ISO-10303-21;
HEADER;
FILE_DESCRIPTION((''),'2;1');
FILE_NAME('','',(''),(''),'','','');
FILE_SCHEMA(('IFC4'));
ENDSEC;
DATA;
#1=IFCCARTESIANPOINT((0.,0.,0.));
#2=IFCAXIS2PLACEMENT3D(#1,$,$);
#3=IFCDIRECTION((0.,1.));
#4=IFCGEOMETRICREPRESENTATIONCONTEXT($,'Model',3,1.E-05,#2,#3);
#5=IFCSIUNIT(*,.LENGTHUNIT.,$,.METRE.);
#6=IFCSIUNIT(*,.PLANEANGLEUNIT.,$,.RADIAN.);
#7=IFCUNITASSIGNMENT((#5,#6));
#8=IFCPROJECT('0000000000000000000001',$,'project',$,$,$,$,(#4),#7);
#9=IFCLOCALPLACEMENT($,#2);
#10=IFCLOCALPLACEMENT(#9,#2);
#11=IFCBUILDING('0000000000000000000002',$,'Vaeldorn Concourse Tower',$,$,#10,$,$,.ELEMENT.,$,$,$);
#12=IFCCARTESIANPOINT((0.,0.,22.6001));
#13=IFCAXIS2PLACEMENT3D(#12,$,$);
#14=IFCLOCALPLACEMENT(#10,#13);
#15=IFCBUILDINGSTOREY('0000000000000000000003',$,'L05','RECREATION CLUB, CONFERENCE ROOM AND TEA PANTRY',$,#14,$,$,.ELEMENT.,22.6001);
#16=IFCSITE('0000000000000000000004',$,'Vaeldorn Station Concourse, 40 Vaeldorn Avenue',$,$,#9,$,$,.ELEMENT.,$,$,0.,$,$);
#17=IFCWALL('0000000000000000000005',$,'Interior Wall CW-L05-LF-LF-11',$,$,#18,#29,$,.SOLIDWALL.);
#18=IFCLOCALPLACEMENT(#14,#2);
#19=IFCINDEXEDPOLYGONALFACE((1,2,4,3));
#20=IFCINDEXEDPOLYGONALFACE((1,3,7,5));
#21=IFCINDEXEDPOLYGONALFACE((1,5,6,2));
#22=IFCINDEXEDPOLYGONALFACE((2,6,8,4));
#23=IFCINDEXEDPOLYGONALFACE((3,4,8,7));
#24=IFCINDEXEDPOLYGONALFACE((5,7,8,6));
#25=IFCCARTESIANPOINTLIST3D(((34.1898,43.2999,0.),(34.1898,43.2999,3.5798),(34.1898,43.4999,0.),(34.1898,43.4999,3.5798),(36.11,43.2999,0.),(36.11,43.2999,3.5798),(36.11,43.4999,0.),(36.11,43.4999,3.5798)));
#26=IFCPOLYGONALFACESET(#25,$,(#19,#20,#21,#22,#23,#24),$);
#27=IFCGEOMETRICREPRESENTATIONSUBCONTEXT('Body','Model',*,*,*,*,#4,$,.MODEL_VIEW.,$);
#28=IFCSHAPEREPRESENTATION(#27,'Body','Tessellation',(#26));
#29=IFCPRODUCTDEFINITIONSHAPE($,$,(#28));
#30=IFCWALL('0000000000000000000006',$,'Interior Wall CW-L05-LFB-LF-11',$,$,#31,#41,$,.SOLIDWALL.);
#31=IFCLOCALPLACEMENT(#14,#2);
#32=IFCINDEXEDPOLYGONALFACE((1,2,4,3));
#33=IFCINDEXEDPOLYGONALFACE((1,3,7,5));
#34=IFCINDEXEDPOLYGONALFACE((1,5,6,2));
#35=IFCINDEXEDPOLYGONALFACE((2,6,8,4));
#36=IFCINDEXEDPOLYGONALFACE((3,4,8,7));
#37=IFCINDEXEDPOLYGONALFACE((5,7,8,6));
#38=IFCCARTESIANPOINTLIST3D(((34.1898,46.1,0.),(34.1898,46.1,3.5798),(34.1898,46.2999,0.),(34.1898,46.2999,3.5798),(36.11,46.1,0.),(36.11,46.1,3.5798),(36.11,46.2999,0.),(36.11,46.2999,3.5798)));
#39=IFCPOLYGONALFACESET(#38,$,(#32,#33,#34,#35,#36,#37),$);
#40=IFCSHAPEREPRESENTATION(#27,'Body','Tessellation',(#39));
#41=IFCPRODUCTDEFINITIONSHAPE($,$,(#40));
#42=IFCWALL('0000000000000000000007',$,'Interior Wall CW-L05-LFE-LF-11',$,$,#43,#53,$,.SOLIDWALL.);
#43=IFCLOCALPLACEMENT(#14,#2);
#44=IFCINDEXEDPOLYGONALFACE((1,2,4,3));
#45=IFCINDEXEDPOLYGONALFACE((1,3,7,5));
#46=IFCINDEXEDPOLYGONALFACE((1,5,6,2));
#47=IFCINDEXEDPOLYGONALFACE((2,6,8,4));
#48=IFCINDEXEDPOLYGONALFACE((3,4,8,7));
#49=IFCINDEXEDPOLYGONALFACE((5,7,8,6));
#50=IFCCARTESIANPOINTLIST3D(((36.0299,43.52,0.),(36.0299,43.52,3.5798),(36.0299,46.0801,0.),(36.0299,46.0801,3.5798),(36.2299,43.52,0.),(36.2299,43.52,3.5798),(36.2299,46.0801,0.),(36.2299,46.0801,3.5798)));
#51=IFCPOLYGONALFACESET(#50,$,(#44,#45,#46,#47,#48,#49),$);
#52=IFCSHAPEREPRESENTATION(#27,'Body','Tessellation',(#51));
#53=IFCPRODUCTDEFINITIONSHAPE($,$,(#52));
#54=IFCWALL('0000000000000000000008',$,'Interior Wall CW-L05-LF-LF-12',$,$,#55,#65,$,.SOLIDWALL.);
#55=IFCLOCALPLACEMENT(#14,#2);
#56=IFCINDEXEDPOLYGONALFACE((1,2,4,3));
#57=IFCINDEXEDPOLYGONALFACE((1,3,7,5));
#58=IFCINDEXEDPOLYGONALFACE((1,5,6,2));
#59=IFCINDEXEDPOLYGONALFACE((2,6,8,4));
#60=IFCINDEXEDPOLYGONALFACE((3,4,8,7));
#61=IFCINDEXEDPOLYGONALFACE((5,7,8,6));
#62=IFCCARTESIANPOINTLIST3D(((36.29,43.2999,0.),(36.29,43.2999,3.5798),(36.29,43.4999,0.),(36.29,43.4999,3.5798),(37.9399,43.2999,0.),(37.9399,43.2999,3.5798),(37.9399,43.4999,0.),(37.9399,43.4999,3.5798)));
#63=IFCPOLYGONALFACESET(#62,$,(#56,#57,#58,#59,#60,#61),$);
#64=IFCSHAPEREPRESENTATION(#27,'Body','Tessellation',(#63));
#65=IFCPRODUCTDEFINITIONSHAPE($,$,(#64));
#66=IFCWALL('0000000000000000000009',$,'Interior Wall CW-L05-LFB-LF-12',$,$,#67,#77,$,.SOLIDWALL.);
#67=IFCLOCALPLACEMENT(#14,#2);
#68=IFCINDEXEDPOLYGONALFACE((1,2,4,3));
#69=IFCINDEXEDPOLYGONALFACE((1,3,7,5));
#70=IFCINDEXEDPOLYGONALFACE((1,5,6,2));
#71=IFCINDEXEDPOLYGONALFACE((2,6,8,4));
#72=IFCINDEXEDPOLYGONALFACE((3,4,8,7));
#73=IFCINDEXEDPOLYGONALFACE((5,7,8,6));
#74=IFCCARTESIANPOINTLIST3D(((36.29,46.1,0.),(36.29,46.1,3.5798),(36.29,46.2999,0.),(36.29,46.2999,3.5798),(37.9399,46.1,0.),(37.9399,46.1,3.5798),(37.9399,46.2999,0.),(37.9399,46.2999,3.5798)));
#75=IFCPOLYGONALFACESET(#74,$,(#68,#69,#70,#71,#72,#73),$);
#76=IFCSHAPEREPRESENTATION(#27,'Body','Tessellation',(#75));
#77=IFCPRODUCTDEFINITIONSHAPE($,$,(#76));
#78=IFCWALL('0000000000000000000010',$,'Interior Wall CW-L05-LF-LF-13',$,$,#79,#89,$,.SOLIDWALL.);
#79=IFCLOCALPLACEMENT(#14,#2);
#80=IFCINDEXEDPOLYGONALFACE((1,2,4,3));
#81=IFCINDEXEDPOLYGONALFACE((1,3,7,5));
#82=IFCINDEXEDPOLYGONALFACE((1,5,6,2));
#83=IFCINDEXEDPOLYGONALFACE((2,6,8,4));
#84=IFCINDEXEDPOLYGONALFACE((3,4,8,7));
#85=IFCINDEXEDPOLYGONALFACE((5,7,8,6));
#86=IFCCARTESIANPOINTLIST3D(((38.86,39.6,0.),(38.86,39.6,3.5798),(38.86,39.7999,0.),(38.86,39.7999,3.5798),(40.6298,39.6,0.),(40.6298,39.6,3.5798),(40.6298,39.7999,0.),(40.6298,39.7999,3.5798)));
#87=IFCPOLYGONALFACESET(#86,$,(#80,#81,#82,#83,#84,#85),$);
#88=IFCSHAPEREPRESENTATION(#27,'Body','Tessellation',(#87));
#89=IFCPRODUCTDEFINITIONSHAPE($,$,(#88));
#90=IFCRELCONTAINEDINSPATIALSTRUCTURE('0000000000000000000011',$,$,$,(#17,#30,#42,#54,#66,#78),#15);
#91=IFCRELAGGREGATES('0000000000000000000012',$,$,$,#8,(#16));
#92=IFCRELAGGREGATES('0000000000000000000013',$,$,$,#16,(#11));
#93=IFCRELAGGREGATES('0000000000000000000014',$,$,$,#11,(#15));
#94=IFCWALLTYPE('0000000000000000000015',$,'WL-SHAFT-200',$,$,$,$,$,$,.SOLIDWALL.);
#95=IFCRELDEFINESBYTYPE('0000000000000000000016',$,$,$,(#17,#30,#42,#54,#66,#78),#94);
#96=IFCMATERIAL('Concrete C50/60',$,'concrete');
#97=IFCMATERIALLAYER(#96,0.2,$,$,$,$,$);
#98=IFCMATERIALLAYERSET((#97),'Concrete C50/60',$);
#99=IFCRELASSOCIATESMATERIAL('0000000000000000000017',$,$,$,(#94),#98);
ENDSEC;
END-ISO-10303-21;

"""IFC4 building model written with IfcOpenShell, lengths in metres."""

from ifc_helpers import new_model, si_unit, direction, frame, frame_2d, origin, place, context, subcontext, project, spatial, rectangle, extrude, material, layer, layer_set, type_object, element, save


model = new_model("IFC4")

# Units and contexts
model_context = context("Model", 3, precision=1e-05, world=origin(), true_north=direction((0.0, 1.0)))
body_context = subcontext(model_context, "Body", "Model", "MODEL_VIEW")
ifc_project = project(units=[si_unit("LENGTHUNIT", "METRE"), si_unit("PLANEANGLEUNIT", "RADIAN")], contexts=[model_context])

# Site, building, storey
site_placement = place(None, origin())
site = spatial("IfcSite", under=ifc_project, at=site_placement, Name="Vaeldorn Station Concourse, 40 Vaeldorn Avenue", CompositionType="ELEMENT", RefElevation=0.0)
building_placement = place(site_placement, origin())
building = spatial("IfcBuilding", under=site, at=building_placement, Name="Vaeldorn Concourse Tower", CompositionType="ELEMENT")
storey_placement = place(building_placement, frame((0.0, 0.0, 22.6001)))
storey = spatial("IfcBuildingStorey", under=building, at=storey_placement, Name="L05", Description="RECREATION CLUB, CONFERENCE ROOM AND TEA PANTRY", CompositionType="ELEMENT", Elevation=22.6001)

# Walls
ifc_material_1 = material(Name="Concrete C50/60", Category="concrete")
ifc_layer_1 = layer(ifc_material_1, 0.2)
ifc_layer_set_1 = layer_set([ifc_layer_1], Name="Concrete C50/60")
wall_type_1 = type_object("IfcWallType", Name="WL-SHAFT-200", PredefinedType="SOLIDWALL", material=ifc_layer_set_1)
for number, where, z_axis, x_axis, name in (
    (1, (34.1899, 43.3999, 0.0), (0.0, 0.0, 1.0), (1.0, 0.0, 0.0), "Interior Wall CW-L05-LF-LF-11"),
    (2, (34.1899, 46.2, 0.0), (0.0, 0.0, 1.0), (1.0, 0.0, 0.0), "Interior Wall CW-L05-LFB-LF-11"),
):
    element("IfcWall", number, at=place(storey_placement, frame(where, z_axis=z_axis, x_axis=x_axis)), inside=storey, type_object=wall_type_1, Name=name, PredefinedType="SOLIDWALL", context=body_context, shape_type="SweptSolid", body=[
        extrude(rectangle(XDim=1.9202, YDim=0.2, at=frame_2d((0.96, 0.0))), origin(), (0.0, 0.0, 1.0), 3.5798),
    ])
wall_1_placement = place(storey_placement, frame((36.1299, 43.52, 0.0), z_axis=(0.0, 0.0, 1.0), x_axis=(0.0, 1.0, 0.0)))
element("IfcWall", 3, at=wall_1_placement, inside=storey, type_object=wall_type_1, Name="Interior Wall CW-L05-LFE-LF-11", PredefinedType="SOLIDWALL", context=body_context, shape_type="SweptSolid", body=[
    extrude(rectangle(XDim=2.5601, YDim=0.2, at=frame_2d((1.28, 0.0))), origin(), (0.0, 0.0, 1.0), 3.5798),
])
for number, where, z_axis, x_axis, name in (
    (4, (36.29, 43.3999, 0.0), (0.0, 0.0, 1.0), (1.0, 0.0, 0.0), "Interior Wall CW-L05-LF-LF-12"),
    (5, (36.29, 46.2, 0.0), (0.0, 0.0, 1.0), (1.0, 0.0, 0.0), "Interior Wall CW-L05-LFB-LF-12"),
):
    element("IfcWall", number, at=place(storey_placement, frame(where, z_axis=z_axis, x_axis=x_axis)), inside=storey, type_object=wall_type_1, Name=name, PredefinedType="SOLIDWALL", context=body_context, shape_type="SweptSolid", body=[
        extrude(rectangle(XDim=1.6499, YDim=0.2, at=frame_2d((0.825, 0.0))), origin(), (0.0, 0.0, 1.0), 3.5798),
    ])
wall_2_placement = place(storey_placement, frame((38.8601, 39.7, 0.0), z_axis=(0.0, 0.0, 1.0), x_axis=(1.0, 0.0, 0.0)))
element("IfcWall", 6, at=wall_2_placement, inside=storey, type_object=wall_type_1, Name="Interior Wall CW-L05-LF-LF-13", PredefinedType="SOLIDWALL", context=body_context, shape_type="SweptSolid", body=[
    extrude(rectangle(XDim=1.7698, YDim=0.2, at=frame_2d((0.8848, 0.0))), origin(), (0.0, 0.0, 1.0), 3.5798),
])

save(model, "model.ifc")
